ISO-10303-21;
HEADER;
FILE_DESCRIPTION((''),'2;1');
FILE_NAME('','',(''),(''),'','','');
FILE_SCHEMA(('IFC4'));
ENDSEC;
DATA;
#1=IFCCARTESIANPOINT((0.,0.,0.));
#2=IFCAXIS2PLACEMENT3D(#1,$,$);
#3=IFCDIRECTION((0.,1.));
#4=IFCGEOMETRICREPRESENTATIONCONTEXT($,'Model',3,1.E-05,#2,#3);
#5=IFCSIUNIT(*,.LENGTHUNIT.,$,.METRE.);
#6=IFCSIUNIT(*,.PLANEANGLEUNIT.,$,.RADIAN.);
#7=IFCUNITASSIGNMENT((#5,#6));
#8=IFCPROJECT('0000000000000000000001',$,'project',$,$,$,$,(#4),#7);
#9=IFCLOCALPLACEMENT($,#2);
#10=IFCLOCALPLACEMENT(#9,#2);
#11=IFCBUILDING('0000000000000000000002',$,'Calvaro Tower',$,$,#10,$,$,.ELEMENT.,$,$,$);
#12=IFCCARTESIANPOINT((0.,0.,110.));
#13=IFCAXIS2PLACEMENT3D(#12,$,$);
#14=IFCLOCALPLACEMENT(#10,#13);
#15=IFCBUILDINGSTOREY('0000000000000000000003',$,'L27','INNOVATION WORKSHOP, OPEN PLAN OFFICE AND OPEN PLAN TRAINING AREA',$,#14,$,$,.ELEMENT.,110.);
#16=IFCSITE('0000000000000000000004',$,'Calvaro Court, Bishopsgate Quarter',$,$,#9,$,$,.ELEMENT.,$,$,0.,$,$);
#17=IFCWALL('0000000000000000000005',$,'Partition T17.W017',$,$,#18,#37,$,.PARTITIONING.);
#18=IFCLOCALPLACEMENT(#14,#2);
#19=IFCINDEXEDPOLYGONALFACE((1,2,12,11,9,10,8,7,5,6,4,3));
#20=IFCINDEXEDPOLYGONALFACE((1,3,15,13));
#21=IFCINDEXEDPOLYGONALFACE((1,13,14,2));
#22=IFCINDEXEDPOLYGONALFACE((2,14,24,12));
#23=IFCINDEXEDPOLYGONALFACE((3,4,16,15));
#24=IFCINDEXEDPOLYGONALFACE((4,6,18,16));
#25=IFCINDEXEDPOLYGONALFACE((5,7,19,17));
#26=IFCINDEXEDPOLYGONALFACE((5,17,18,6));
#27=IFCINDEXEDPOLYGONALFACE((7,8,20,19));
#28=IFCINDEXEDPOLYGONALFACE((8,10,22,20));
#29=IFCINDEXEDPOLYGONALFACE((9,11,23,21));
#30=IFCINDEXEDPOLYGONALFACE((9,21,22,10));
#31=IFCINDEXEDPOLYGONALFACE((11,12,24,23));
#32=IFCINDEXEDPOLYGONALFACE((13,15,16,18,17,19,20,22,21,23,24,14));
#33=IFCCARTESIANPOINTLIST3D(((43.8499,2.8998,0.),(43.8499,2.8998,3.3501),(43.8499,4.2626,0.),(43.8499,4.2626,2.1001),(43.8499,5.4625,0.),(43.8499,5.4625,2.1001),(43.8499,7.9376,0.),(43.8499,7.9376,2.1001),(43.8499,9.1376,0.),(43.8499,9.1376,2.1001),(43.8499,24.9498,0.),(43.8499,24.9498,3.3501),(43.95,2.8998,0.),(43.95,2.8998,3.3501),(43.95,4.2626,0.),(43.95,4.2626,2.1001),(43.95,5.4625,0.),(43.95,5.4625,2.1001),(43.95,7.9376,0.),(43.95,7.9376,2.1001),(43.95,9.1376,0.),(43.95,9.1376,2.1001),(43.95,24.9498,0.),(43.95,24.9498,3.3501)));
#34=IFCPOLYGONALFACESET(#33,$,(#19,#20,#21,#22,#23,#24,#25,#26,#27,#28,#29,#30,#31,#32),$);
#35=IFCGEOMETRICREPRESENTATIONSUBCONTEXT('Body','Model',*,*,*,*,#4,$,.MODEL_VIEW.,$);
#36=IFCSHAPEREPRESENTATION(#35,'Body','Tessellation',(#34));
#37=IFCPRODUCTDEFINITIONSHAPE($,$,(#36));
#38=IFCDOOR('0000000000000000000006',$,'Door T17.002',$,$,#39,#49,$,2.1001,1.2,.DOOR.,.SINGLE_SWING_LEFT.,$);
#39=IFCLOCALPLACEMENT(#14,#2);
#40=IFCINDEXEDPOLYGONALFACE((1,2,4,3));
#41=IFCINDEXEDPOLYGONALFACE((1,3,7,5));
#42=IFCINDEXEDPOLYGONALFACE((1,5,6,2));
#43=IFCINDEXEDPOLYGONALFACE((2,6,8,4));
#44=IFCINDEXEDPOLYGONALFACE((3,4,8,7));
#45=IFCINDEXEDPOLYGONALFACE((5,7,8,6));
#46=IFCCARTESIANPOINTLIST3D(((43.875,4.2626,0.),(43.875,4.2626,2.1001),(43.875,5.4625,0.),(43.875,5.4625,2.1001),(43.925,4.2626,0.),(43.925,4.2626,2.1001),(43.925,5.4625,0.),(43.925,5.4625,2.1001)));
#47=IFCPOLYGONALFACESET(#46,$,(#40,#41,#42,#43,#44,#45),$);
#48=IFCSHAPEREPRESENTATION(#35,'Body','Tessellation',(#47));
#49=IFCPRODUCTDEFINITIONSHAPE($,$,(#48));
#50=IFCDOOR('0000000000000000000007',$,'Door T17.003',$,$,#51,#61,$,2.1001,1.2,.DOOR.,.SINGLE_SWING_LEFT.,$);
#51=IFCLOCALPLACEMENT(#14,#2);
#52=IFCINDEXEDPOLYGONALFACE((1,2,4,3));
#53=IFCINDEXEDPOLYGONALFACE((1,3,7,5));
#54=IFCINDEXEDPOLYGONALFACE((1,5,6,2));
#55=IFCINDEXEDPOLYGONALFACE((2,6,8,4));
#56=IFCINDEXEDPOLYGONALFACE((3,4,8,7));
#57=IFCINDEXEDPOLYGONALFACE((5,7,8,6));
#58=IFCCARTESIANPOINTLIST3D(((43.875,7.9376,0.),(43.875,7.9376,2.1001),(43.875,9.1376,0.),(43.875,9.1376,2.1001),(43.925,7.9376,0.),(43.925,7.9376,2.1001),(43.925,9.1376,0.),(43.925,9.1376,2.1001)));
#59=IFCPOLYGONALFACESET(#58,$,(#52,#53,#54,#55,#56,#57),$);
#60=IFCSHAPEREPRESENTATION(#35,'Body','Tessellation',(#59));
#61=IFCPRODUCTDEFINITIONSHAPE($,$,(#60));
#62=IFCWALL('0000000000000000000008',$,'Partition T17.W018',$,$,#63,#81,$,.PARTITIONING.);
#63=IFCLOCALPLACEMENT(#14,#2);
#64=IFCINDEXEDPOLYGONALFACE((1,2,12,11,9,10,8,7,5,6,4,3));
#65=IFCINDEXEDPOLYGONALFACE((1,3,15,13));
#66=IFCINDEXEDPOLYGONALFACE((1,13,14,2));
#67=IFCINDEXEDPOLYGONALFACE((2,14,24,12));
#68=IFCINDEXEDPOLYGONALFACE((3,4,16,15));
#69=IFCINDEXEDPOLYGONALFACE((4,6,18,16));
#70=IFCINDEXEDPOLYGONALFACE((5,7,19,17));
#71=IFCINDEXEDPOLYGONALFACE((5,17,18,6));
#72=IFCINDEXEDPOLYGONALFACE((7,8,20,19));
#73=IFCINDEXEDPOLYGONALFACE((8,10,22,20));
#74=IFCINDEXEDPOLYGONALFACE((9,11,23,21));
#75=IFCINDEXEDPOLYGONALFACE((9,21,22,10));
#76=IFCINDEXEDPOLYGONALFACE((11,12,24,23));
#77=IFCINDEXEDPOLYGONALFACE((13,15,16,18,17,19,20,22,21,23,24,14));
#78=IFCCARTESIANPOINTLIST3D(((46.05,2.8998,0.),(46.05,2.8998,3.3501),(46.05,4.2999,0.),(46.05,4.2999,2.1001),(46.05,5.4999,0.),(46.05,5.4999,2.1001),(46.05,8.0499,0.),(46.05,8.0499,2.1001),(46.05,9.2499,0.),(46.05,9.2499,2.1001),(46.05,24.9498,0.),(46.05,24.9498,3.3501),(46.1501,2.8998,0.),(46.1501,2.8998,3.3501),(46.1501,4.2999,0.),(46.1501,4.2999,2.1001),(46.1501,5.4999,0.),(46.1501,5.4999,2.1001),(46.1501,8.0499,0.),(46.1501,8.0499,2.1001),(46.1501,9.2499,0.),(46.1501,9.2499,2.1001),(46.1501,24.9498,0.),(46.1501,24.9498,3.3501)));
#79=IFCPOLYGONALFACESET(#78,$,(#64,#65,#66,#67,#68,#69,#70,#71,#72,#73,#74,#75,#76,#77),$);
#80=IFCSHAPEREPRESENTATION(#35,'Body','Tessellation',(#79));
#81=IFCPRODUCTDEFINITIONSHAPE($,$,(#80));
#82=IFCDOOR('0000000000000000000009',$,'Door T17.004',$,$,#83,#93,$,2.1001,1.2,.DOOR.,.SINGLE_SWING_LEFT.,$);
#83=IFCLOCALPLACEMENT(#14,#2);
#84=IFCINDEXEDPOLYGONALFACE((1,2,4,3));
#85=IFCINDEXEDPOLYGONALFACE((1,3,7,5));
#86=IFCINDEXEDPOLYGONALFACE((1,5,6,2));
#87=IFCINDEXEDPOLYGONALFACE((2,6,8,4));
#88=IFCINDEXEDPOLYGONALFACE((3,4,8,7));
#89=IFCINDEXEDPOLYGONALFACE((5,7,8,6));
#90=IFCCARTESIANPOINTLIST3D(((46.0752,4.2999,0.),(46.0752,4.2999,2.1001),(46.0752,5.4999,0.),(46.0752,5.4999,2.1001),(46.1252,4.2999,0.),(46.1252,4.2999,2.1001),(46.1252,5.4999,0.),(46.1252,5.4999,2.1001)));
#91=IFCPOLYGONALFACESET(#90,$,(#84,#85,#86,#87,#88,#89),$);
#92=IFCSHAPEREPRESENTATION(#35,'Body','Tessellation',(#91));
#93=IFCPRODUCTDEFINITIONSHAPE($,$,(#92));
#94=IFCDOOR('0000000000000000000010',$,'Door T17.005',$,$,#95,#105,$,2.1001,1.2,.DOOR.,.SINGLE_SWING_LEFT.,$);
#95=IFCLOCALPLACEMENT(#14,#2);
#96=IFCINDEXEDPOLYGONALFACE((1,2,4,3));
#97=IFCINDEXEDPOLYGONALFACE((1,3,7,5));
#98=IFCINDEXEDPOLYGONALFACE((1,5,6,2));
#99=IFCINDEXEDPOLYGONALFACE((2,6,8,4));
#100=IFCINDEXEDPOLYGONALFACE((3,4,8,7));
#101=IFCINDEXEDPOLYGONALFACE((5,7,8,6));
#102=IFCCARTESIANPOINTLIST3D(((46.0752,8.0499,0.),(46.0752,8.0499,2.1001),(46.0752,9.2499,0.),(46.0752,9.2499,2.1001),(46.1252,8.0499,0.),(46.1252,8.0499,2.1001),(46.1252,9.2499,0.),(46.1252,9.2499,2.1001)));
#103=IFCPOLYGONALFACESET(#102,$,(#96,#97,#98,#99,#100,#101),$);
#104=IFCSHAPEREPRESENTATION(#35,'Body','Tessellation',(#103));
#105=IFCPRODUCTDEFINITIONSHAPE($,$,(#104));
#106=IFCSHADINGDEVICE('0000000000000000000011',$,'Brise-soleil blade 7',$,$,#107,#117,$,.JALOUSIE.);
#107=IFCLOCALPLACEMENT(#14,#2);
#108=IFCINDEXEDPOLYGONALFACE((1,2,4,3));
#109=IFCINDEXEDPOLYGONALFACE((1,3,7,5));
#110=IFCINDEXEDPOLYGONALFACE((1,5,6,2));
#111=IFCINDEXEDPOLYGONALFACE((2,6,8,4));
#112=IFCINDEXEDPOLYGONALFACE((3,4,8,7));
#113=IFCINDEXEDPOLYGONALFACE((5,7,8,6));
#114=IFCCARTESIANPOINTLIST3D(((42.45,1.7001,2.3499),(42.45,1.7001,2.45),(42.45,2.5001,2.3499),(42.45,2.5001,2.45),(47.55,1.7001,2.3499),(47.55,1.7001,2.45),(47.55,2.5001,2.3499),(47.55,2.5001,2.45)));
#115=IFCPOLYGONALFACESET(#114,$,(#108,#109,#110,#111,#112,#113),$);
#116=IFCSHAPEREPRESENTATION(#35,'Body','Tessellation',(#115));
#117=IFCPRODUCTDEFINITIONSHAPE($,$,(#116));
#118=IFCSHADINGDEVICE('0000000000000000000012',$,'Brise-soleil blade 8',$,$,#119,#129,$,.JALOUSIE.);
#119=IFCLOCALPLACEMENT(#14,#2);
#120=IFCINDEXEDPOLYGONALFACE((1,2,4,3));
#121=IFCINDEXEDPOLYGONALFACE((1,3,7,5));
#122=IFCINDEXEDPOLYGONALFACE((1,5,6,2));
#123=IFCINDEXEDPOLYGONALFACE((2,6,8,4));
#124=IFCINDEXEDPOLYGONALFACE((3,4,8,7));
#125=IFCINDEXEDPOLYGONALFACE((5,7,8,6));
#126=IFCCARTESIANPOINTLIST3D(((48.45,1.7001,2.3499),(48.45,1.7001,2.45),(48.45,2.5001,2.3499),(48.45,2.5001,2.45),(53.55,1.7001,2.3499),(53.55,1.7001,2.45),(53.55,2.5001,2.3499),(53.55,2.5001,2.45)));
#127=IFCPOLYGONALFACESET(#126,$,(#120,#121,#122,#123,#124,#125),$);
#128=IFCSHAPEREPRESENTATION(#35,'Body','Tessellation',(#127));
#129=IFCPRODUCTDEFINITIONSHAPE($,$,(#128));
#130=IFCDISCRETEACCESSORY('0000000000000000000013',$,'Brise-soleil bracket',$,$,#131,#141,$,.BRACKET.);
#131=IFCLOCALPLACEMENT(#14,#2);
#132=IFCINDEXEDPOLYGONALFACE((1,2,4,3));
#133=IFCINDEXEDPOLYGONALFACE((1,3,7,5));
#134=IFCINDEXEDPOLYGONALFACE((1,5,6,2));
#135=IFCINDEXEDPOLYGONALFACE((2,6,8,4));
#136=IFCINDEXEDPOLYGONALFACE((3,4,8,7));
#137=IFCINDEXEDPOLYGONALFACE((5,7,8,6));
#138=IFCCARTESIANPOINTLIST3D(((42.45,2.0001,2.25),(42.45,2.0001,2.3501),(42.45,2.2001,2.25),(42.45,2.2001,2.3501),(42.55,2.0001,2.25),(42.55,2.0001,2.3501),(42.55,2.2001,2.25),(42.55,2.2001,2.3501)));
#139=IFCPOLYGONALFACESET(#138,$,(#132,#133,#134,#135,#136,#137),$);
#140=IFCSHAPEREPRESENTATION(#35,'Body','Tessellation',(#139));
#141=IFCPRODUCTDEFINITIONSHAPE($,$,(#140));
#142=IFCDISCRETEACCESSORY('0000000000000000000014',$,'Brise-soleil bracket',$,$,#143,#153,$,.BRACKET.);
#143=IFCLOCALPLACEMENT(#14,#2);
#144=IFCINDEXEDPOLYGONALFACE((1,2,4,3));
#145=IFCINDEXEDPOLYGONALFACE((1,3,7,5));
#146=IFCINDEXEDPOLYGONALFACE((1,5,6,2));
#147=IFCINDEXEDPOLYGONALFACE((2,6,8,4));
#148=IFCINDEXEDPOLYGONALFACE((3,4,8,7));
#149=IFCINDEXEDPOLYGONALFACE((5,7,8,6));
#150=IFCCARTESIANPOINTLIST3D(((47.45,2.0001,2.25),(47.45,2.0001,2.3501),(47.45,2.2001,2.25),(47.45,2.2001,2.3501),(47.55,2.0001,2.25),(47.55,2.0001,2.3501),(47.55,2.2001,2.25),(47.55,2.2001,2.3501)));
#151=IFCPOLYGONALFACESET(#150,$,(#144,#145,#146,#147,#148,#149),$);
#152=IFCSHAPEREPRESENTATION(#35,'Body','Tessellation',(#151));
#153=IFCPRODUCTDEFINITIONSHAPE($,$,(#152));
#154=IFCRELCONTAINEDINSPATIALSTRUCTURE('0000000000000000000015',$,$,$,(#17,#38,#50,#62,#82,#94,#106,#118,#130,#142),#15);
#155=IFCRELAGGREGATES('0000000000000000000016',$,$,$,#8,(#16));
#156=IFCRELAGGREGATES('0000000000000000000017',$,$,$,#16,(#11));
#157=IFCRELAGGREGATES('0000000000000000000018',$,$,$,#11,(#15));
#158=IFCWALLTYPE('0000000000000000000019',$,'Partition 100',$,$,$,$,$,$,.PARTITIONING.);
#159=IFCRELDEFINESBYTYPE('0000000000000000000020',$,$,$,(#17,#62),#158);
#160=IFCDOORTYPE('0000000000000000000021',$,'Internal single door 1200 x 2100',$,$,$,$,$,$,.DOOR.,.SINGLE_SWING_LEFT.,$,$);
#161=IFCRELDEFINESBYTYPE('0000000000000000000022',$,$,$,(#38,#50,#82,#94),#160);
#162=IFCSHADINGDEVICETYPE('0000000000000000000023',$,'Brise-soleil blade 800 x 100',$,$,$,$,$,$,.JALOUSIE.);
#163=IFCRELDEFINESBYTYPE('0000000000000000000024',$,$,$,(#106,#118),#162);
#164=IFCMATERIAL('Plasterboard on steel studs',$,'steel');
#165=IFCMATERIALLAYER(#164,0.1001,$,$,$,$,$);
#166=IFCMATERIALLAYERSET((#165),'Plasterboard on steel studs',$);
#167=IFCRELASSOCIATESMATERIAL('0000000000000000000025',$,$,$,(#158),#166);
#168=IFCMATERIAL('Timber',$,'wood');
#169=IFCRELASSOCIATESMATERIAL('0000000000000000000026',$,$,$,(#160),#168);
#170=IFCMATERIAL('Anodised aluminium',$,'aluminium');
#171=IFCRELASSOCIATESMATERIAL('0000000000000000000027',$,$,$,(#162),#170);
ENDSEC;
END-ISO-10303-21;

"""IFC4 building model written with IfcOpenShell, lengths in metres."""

from ifc_helpers import new_model, si_unit, direction, frame, frame_2d, origin, origin_2d, place, context, subcontext, project, spatial, rectangle, extrude, material, layer, layer_set, material_profile, profile_set, type_object, element, fill, save


model = new_model("IFC4")

# Units and contexts
model_context = context("Model", 3, precision=1e-05, world=origin(), true_north=direction((0.0, 1.0)))
body_context = subcontext(model_context, "Body", "Model", "MODEL_VIEW")
ifc_project = project(units=[si_unit("LENGTHUNIT", "METRE"), si_unit("PLANEANGLEUNIT", "RADIAN")], contexts=[model_context])

# Site, building, storey
site_placement = place(None, origin())
site = spatial("IfcSite", under=ifc_project, at=site_placement, Name="Calvaro Court, Bishopsgate Quarter", CompositionType="ELEMENT", RefElevation=0.0)
building_placement = place(site_placement, origin())
building = spatial("IfcBuilding", under=site, at=building_placement, Name="Calvaro Tower", CompositionType="ELEMENT")
storey_placement = place(building_placement, frame((0.0, 0.0, 110.0)))
storey = spatial("IfcBuildingStorey", under=building, at=storey_placement, Name="L27", Description="INNOVATION WORKSHOP, OPEN PLAN OFFICE AND OPEN PLAN TRAINING AREA", CompositionType="ELEMENT", Elevation=110.0)

# Walls, openings, doors
ifc_material_1 = material(Name="Plasterboard on steel studs", Category="steel")
ifc_layer_1 = layer(ifc_material_1, 0.1001)
ifc_layer_set_1 = layer_set([ifc_layer_1], Name="Plasterboard on steel studs")
wall_type = type_object("IfcWallType", Name="Partition 100", PredefinedType="PARTITIONING", material=ifc_layer_set_1)
wall_1_placement = place(storey_placement, frame((43.8999, 2.8999, 0.0), z_axis=(0.0, 0.0, 1.0), x_axis=(0.0, 1.0, 0.0)))
wall_1 = element("IfcWall", 1, at=wall_1_placement, inside=storey, type_object=wall_type, Name="Partition T17.W017", PredefinedType="PARTITIONING", context=body_context, shape_type="SweptSolid", body=[
    extrude(rectangle(XDim=22.05, YDim=0.1001, at=frame_2d((11.0249, 0.0))), origin(), (0.0, 0.0, 1.0), 3.3501),
])
opening_1_placement = place(wall_1_placement, frame((1.3625, 0.0, 0.0)))
opening_1 = element("IfcOpeningElement", 2, at=opening_1_placement, cuts=wall_1, PredefinedType="OPENING", context=body_context, shape_type="SweptSolid", body=[
    extrude(rectangle(XDim=1.2, YDim=2.1001, at=frame_2d((0.6001, 1.05))), frame((0.0, 0.0601, 0.0), z_axis=(0.0, -1.0, 0.0), x_axis=(1.0, 0.0, 0.0)), (0.0, 0.0, 1.0), 0.1201),
])
opening_2_placement = place(wall_1_placement, frame((5.0376, 0.0, 0.0)))
opening_2 = element("IfcOpeningElement", 3, at=opening_2_placement, cuts=wall_1, PredefinedType="OPENING", context=body_context, shape_type="SweptSolid", body=[
    extrude(rectangle(XDim=1.2, YDim=2.1001, at=frame_2d((0.6001, 1.05))), frame((0.0, 0.0601, 0.0), z_axis=(0.0, -1.0, 0.0), x_axis=(1.0, 0.0, 0.0)), (0.0, 0.0, 1.0), 0.1201),
])
ifc_material_2 = material(Name="Timber", Category="wood")
door_type = type_object("IfcDoorType", Name="Internal single door 1200 x 2100", OperationType="SINGLE_SWING_LEFT", PredefinedType="DOOR", material=ifc_material_2)
door_1_placement = place(opening_1_placement, origin())
door_1 = element("IfcDoor", 4, at=door_1_placement, inside=storey, type_object=door_type, Name="Door T17.002", OperationType="SINGLE_SWING_LEFT", OverallHeight=2.1001, OverallWidth=1.2, PredefinedType="DOOR", context=body_context, shape_type="SweptSolid", body=[
    extrude(rectangle(XDim=1.2, YDim=2.1001, at=frame_2d((0.6001, 1.05))), frame((0.0, 0.0249, 0.0), z_axis=(0.0, -1.0, 0.0), x_axis=(1.0, 0.0, 0.0)), (0.0, 0.0, 1.0), 0.05),
])
fill(opening_1, door_1)
door_2_placement = place(opening_2_placement, origin())
door_2 = element("IfcDoor", 5, at=door_2_placement, inside=storey, type_object=door_type, Name="Door T17.003", OperationType="SINGLE_SWING_LEFT", OverallHeight=2.1001, OverallWidth=1.2, PredefinedType="DOOR", context=body_context, shape_type="SweptSolid", body=[
    extrude(rectangle(XDim=1.2, YDim=2.1001, at=frame_2d((0.6001, 1.05))), frame((0.0, 0.0249, 0.0), z_axis=(0.0, -1.0, 0.0), x_axis=(1.0, 0.0, 0.0)), (0.0, 0.0, 1.0), 0.05),
])
fill(opening_2, door_2)
wall_2_placement = place(storey_placement, frame((46.1001, 2.8999, 0.0), z_axis=(0.0, 0.0, 1.0), x_axis=(0.0, 1.0, 0.0)))
wall_2 = element("IfcWall", 6, at=wall_2_placement, inside=storey, type_object=wall_type, Name="Partition T17.W018", PredefinedType="PARTITIONING", context=body_context, shape_type="SweptSolid", body=[
    extrude(rectangle(XDim=22.05, YDim=0.1001, at=frame_2d((11.0249, 0.0))), origin(), (0.0, 0.0, 1.0), 3.3501),
])
opening_3_placement = place(wall_2_placement, frame((1.3999, 0.0, 0.0)))
opening_3 = element("IfcOpeningElement", 7, at=opening_3_placement, cuts=wall_2, PredefinedType="OPENING", context=body_context, shape_type="SweptSolid", body=[
    extrude(rectangle(XDim=1.2, YDim=2.1001, at=frame_2d((0.6001, 1.05))), frame((0.0, 0.0601, 0.0), z_axis=(0.0, -1.0, 0.0), x_axis=(1.0, 0.0, 0.0)), (0.0, 0.0, 1.0), 0.1201),
])
opening_4_placement = place(wall_2_placement, frame((5.1499, 0.0, 0.0)))
opening_4 = element("IfcOpeningElement", 8, at=opening_4_placement, cuts=wall_2, PredefinedType="OPENING", context=body_context, shape_type="SweptSolid", body=[
    extrude(rectangle(XDim=1.2, YDim=2.1001, at=frame_2d((0.6001, 1.05))), frame((0.0, 0.0601, 0.0), z_axis=(0.0, -1.0, 0.0), x_axis=(1.0, 0.0, 0.0)), (0.0, 0.0, 1.0), 0.1201),
])
door_3_placement = place(opening_3_placement, origin())
door_3 = element("IfcDoor", 9, at=door_3_placement, inside=storey, type_object=door_type, Name="Door T17.004", OperationType="SINGLE_SWING_LEFT", OverallHeight=2.1001, OverallWidth=1.2, PredefinedType="DOOR", context=body_context, shape_type="SweptSolid", body=[
    extrude(rectangle(XDim=1.2, YDim=2.1001, at=frame_2d((0.6001, 1.05))), frame((0.0, 0.0249, 0.0), z_axis=(0.0, -1.0, 0.0), x_axis=(1.0, 0.0, 0.0)), (0.0, 0.0, 1.0), 0.05),
])
fill(opening_3, door_3)
door_4_placement = place(opening_4_placement, origin())
door_4 = element("IfcDoor", 10, at=door_4_placement, inside=storey, type_object=door_type, Name="Door T17.005", OperationType="SINGLE_SWING_LEFT", OverallHeight=2.1001, OverallWidth=1.2, PredefinedType="DOOR", context=body_context, shape_type="SweptSolid", body=[
    extrude(rectangle(XDim=1.2, YDim=2.1001, at=frame_2d((0.6001, 1.05))), frame((0.0, 0.0249, 0.0), z_axis=(0.0, -1.0, 0.0), x_axis=(1.0, 0.0, 0.0)), (0.0, 0.0, 1.0), 0.05),
])
fill(opening_4, door_4)

# Shading devices
ifc_material_3 = material(Name="Anodised aluminium", Category="aluminium")
ifc_material_profile_1 = material_profile(ifc_material_3, rectangle(XDim=0.8, YDim=0.1001, at=origin_2d()), Name="Brise-soleil blade 800 x 100")
ifc_profile_set_1 = profile_set([ifc_material_profile_1], Name="Anodised aluminium")
shading_device_type = type_object("IfcShadingDeviceType", Name="Brise-soleil blade 800 x 100", PredefinedType="JALOUSIE", material=ifc_profile_set_1)
for number, where, z_axis, x_axis, name in (
    (11, (42.45, 2.1001, 2.3999), (1.0, 0.0, 0.0), (0.0, 1.0, 0.0), "Brise-soleil blade 7"),
    (12, (48.45, 2.1001, 2.3999), (1.0, 0.0, 0.0), (0.0, 1.0, 0.0), "Brise-soleil blade 8"),
):
    element("IfcShadingDevice", number, at=place(storey_placement, frame(where, z_axis=z_axis, x_axis=x_axis)), inside=storey, type_object=shading_device_type, Name=name, PredefinedType="JALOUSIE", context=body_context, shape_type="SweptSolid", body=[
        extrude(rectangle(XDim=0.8, YDim=0.1001, at=origin_2d()), origin(), (0.0, 0.0, 1.0), 5.1001),
    ])

# Discrete accessories
for number, where, z_axis, x_axis, name in (
    (13, (42.5, 2.1001, 2.25), (0.0, 0.0, 1.0), (1.0, 0.0, 0.0), "Brise-soleil bracket"),
    (14, (47.5, 2.1001, 2.25), (0.0, 0.0, 1.0), (1.0, 0.0, 0.0), "Brise-soleil bracket"),
):
    element("IfcDiscreteAccessory", number, at=place(storey_placement, frame(where, z_axis=z_axis, x_axis=x_axis)), inside=storey, Name=name, PredefinedType="BRACKET", context=body_context, shape_type="SweptSolid", body=[
        extrude(rectangle(XDim=0.1001, YDim=0.2, at=origin_2d()), origin(), (0.0, 0.0, 1.0), 0.1001),
    ])

save(model, "model.ifc")
